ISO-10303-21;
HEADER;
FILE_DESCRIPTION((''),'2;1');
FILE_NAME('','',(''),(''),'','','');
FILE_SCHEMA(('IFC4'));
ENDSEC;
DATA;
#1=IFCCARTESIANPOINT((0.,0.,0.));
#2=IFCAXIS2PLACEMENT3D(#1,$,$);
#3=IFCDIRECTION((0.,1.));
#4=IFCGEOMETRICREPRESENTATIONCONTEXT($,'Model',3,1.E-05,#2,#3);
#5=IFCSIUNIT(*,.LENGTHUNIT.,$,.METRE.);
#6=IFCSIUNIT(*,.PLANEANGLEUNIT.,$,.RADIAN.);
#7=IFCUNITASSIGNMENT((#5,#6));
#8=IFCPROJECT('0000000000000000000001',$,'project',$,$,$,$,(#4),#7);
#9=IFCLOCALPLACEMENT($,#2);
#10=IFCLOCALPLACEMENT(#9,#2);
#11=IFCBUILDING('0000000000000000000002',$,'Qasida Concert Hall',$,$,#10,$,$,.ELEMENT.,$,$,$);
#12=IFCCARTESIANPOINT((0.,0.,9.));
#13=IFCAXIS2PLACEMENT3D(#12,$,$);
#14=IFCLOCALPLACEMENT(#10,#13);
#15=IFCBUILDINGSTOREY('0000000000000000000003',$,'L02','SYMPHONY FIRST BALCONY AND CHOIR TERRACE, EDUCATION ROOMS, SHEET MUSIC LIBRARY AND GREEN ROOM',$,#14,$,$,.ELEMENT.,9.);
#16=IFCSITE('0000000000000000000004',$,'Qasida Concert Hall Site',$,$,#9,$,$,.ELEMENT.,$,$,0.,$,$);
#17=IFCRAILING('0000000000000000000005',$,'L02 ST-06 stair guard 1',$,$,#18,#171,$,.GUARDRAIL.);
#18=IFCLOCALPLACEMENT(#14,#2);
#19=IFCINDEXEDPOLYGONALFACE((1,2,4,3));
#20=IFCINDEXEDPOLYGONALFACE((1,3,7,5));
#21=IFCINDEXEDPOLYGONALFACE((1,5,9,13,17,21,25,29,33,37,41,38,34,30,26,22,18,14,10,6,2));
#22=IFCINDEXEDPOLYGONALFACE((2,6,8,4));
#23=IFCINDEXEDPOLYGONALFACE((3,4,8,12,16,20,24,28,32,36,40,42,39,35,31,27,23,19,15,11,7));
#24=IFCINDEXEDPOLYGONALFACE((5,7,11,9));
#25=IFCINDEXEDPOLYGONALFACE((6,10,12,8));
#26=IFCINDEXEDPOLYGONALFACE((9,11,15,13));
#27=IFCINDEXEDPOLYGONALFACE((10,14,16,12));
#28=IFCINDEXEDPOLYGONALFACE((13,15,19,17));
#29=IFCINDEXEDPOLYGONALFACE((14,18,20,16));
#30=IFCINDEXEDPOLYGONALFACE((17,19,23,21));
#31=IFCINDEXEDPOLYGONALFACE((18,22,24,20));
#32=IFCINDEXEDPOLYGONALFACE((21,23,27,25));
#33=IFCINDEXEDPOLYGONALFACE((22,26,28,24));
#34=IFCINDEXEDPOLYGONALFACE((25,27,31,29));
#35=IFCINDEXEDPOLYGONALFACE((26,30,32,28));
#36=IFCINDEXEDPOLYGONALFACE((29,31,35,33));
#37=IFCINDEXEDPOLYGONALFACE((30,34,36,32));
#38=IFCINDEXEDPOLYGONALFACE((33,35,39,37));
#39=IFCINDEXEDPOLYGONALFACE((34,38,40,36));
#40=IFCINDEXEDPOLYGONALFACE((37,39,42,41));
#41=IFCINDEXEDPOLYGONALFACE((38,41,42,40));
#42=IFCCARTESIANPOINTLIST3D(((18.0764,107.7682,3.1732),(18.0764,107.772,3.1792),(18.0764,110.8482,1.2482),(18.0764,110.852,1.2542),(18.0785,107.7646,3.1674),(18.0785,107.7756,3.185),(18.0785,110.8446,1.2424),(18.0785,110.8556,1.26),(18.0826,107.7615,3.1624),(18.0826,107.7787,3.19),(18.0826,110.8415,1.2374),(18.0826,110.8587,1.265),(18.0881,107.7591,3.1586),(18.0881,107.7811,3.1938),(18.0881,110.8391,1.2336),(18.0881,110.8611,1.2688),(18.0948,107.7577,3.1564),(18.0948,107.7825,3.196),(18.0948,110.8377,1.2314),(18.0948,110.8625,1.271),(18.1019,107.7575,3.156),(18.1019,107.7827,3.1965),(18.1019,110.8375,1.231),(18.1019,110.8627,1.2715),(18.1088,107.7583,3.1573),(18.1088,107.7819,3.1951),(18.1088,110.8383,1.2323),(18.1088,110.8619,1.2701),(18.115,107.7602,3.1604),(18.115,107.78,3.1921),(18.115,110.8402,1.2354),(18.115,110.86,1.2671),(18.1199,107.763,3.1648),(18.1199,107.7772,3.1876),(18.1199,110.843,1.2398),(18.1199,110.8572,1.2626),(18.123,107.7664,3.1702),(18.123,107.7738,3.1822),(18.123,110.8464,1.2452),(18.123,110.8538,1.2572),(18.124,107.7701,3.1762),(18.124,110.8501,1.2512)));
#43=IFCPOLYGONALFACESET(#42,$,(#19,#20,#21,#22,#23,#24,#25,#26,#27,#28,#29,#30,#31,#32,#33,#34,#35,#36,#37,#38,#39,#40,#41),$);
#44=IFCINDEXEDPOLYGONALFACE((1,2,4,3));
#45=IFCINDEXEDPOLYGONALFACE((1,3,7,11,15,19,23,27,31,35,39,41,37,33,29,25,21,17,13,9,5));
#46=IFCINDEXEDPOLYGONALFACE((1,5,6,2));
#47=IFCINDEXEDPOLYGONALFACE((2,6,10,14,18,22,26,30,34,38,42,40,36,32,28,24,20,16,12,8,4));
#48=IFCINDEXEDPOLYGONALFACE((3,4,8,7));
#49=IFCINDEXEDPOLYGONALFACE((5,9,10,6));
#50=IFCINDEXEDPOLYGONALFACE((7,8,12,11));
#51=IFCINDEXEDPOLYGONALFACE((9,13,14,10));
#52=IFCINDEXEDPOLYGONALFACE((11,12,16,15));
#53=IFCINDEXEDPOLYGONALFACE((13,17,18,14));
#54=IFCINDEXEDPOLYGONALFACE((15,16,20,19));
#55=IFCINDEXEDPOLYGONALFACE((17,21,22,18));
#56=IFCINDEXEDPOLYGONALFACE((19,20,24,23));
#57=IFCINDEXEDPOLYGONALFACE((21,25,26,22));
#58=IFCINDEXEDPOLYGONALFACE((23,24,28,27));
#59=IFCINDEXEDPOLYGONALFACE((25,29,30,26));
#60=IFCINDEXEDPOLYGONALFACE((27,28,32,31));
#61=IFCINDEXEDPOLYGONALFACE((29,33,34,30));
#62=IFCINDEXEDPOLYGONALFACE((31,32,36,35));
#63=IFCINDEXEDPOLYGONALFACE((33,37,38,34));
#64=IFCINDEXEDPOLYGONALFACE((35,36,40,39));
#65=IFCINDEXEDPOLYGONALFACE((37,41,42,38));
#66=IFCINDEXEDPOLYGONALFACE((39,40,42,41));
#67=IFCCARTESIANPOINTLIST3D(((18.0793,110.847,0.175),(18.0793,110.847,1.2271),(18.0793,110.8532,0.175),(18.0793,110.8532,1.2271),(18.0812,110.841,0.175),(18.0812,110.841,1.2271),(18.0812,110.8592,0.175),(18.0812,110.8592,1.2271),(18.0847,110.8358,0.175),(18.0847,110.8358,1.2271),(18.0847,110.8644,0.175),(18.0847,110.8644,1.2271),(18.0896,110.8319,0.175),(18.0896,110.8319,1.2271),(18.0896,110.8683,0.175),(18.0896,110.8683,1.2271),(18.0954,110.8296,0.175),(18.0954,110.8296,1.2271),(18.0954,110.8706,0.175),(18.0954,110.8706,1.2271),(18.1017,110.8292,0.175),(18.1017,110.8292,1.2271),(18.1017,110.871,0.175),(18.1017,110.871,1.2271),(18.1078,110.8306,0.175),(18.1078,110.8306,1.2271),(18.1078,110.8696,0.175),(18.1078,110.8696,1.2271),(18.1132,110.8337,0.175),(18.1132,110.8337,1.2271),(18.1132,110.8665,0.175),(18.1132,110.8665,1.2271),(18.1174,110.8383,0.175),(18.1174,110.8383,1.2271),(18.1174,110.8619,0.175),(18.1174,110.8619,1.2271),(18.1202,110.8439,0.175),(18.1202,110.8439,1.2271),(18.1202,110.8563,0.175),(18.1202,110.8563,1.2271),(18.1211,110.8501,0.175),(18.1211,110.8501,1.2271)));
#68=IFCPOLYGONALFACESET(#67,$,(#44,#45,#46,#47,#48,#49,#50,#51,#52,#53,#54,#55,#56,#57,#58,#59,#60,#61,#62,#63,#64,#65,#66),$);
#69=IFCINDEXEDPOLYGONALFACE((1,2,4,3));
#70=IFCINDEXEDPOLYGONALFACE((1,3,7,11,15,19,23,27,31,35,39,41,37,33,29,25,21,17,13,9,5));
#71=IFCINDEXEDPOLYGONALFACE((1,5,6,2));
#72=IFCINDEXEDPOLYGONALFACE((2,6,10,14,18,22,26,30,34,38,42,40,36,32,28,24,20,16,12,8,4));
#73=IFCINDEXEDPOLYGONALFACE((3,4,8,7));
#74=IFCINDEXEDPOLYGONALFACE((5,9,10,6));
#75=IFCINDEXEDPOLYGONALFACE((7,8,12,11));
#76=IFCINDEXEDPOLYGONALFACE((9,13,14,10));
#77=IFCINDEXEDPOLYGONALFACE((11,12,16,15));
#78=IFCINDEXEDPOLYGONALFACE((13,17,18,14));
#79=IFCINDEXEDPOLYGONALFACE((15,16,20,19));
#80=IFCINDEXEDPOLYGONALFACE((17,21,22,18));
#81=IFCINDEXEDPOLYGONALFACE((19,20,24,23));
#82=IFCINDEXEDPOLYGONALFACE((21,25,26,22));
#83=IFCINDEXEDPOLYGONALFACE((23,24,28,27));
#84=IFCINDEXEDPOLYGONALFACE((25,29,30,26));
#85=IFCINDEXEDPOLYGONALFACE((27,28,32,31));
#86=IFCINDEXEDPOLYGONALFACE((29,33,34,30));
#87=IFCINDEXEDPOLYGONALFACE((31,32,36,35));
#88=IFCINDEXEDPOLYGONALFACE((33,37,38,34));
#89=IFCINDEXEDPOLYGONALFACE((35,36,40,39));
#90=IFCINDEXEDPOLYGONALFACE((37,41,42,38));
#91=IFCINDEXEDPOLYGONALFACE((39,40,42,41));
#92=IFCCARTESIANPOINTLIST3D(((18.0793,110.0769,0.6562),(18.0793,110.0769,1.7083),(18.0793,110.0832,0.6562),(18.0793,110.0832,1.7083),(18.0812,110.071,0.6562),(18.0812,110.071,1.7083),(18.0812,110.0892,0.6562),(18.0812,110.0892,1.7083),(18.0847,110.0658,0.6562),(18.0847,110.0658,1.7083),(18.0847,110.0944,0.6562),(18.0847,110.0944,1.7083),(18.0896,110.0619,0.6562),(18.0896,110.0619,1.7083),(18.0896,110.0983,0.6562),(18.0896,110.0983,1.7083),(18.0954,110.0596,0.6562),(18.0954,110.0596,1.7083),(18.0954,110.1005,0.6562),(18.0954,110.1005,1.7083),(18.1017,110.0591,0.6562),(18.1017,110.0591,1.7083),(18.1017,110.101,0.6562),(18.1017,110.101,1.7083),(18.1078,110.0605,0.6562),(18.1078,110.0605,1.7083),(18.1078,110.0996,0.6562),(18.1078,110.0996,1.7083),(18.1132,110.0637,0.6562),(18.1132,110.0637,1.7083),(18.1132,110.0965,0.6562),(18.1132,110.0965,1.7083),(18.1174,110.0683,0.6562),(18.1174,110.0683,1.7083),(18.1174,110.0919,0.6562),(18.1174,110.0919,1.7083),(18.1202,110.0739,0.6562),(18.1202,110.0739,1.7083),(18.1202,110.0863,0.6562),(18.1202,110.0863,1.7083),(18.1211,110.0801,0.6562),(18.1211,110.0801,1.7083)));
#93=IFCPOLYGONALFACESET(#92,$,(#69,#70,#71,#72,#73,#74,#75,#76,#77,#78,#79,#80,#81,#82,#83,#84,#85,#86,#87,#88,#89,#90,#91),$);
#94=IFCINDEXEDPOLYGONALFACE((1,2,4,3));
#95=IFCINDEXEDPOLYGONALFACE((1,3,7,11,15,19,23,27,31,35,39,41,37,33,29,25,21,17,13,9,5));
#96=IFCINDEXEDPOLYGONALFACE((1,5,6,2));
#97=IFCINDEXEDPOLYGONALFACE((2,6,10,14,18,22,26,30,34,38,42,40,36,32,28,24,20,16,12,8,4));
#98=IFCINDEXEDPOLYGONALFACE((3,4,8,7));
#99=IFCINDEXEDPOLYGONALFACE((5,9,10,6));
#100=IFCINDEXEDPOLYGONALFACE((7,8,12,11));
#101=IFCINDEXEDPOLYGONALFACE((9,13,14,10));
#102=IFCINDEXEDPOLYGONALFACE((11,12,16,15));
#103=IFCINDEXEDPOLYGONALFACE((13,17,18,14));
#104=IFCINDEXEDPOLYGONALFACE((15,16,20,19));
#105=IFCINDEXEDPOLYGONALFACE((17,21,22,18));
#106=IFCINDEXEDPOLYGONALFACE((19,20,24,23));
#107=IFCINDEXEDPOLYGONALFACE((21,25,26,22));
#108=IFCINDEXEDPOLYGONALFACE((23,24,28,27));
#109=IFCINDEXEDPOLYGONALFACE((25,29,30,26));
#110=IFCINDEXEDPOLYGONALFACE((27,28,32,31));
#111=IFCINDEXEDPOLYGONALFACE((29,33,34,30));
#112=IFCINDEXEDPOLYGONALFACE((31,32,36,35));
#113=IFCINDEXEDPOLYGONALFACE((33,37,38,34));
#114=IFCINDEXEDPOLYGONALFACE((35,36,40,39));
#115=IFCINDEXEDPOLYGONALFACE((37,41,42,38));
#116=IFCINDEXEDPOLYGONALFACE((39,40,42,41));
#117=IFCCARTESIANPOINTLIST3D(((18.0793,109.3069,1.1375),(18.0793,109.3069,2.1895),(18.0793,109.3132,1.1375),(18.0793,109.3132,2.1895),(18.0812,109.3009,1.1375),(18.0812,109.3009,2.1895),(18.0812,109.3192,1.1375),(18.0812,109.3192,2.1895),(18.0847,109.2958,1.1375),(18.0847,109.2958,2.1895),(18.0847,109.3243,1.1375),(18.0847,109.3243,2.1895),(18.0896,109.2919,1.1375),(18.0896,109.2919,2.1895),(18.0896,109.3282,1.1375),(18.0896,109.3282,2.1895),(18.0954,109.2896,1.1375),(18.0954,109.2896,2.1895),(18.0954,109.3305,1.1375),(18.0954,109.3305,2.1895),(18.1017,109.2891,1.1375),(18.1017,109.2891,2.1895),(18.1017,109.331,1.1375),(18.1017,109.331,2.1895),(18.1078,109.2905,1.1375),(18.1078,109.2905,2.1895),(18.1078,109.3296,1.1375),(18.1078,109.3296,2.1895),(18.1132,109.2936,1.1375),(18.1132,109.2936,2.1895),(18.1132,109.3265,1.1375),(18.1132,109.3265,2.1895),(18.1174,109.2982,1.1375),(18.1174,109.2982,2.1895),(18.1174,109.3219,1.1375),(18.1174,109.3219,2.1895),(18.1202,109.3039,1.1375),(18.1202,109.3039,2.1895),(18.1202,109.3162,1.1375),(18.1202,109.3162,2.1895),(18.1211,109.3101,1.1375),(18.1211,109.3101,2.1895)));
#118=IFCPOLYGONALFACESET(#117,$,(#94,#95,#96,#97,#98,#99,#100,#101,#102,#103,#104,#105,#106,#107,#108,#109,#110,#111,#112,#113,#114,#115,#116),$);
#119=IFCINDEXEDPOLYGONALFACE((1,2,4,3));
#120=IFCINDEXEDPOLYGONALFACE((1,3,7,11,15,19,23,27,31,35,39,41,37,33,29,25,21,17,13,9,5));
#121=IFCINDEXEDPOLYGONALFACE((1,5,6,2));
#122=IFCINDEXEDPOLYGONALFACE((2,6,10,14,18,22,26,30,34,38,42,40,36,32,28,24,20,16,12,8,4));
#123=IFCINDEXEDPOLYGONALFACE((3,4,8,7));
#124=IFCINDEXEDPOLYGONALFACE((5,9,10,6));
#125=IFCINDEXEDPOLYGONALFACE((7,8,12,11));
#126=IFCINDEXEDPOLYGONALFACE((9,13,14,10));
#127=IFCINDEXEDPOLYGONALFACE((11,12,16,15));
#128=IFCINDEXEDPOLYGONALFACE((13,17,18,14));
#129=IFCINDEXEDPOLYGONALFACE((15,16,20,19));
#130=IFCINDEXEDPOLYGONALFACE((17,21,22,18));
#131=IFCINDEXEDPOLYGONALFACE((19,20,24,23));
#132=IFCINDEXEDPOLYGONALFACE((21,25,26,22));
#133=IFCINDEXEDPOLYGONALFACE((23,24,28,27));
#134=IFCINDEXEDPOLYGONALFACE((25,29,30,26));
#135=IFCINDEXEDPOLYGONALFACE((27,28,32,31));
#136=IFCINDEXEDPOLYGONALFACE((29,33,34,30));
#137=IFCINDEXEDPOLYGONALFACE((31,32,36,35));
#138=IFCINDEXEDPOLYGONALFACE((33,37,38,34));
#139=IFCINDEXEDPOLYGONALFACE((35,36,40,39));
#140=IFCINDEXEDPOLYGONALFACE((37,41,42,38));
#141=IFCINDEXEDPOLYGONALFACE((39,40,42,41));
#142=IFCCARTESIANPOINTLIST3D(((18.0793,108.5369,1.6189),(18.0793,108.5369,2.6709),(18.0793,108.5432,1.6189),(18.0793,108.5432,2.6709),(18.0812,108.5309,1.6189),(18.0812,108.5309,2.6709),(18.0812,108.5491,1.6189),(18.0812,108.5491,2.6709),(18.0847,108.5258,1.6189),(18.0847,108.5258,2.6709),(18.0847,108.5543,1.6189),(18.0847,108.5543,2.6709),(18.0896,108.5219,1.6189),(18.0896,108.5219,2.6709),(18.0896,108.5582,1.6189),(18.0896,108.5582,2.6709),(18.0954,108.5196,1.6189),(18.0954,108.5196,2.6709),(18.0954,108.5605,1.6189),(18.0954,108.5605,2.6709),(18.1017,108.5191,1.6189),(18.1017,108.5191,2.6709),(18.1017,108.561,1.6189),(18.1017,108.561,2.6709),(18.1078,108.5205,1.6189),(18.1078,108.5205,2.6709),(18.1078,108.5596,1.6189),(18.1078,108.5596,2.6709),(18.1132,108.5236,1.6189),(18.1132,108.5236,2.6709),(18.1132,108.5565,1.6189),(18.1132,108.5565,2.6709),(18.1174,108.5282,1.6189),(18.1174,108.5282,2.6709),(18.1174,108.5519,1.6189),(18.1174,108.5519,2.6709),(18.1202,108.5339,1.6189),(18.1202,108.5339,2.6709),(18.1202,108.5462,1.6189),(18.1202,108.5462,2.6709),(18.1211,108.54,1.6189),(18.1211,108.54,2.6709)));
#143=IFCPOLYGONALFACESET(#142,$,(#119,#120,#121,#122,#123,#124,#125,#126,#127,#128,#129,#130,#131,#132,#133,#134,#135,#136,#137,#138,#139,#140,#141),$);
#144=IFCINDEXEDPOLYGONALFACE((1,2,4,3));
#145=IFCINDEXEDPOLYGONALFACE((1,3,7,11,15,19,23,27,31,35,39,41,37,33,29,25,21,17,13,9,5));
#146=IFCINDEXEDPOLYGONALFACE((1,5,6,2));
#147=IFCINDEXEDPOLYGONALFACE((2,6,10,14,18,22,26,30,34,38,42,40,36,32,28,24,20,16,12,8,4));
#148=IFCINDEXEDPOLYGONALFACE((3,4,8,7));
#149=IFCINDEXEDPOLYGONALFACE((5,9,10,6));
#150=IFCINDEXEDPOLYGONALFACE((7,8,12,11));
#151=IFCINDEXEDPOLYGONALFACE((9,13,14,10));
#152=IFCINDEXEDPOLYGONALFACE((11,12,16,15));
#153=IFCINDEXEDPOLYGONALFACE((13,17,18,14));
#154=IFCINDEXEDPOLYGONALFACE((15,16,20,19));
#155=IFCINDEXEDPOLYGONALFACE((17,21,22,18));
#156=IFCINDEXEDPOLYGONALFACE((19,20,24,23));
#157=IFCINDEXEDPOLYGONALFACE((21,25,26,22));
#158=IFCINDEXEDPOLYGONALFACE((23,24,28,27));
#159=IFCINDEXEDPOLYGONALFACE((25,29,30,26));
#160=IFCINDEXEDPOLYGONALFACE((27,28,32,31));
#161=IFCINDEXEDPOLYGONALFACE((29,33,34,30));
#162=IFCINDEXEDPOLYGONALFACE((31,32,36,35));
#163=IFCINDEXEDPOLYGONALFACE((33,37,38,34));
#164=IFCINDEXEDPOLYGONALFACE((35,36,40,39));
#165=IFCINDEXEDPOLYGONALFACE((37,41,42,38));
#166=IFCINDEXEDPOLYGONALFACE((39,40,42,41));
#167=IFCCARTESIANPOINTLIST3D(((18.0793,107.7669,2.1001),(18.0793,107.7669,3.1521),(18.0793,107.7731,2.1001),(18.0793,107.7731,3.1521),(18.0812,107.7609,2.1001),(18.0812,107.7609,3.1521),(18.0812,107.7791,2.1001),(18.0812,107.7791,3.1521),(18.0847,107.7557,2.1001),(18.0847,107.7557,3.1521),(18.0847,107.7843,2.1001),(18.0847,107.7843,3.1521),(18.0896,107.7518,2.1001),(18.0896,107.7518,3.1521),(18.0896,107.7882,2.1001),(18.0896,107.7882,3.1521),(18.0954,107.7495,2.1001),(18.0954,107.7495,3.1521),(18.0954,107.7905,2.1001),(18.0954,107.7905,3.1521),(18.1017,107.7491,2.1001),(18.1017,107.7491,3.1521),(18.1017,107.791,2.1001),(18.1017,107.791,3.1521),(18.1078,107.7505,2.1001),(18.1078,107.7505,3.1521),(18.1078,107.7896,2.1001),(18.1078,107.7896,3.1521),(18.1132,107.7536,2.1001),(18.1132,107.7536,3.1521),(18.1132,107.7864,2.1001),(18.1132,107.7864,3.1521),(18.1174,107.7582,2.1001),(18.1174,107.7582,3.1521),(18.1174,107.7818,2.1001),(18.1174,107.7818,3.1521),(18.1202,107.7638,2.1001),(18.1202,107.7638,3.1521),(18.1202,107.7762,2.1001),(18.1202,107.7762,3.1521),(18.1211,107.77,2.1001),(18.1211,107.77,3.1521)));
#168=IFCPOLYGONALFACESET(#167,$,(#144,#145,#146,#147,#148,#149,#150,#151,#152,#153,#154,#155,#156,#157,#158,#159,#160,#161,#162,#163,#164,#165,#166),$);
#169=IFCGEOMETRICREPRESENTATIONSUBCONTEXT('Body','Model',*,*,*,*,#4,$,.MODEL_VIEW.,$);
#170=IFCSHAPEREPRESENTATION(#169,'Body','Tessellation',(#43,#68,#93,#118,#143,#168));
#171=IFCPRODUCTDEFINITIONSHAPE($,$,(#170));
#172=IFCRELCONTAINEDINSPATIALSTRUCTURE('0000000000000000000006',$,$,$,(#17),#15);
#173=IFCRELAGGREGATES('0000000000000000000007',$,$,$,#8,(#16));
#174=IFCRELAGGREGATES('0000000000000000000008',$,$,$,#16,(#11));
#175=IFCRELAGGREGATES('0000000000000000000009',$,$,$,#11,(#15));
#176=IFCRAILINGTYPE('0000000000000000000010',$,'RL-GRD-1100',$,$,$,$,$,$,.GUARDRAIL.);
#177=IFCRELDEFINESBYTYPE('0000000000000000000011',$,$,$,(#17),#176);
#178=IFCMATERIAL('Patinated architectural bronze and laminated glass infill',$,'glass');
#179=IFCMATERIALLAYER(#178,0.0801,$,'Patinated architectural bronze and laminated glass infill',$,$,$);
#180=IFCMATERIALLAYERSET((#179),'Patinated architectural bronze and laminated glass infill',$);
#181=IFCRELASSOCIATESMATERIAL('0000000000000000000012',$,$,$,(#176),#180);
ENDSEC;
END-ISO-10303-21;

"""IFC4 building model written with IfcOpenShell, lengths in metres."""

from ifc_helpers import new_model, si_unit, direction, frame, origin, origin_2d, place, context, subcontext, project, spatial, circle, extrude, material, layer, layer_set, type_object, element, save


model = new_model("IFC4")

# Units and contexts
model_context = context("Model", 3, precision=1e-05, world=origin(), true_north=direction((0.0, 1.0)))
body_context = subcontext(model_context, "Body", "Model", "MODEL_VIEW")
ifc_project = project(units=[si_unit("LENGTHUNIT", "METRE"), si_unit("PLANEANGLEUNIT", "RADIAN")], contexts=[model_context])

# Site, building, storey
site_placement = place(None, origin())
site = spatial("IfcSite", under=ifc_project, at=site_placement, Name="Qasida Concert Hall Site", CompositionType="ELEMENT", RefElevation=0.0)
building_placement = place(site_placement, origin())
building = spatial("IfcBuilding", under=site, at=building_placement, Name="Qasida Concert Hall", CompositionType="ELEMENT")
storey_placement = place(building_placement, frame((0.0, 0.0, 9.0)))
storey = spatial("IfcBuildingStorey", under=building, at=storey_placement, Name="L02", Description="SYMPHONY FIRST BALCONY AND CHOIR TERRACE, EDUCATION ROOMS, SHEET MUSIC LIBRARY AND GREEN ROOM", CompositionType="ELEMENT", Elevation=9.0)

# Railing
ifc_material_1 = material(Name="Patinated architectural bronze and laminated glass infill", Category="glass")
ifc_layer_1 = layer(ifc_material_1, 0.0801, Name="Patinated architectural bronze and laminated glass infill")
ifc_layer_set_1 = layer_set([ifc_layer_1], Name="Patinated architectural bronze and laminated glass infill")
railing_type_1 = type_object("IfcRailingType", Name="RL-GRD-1100", PredefinedType="GUARDRAIL", material=ifc_layer_set_1)
railing_1_placement = place(storey_placement, frame((18.1001, 110.8501, 0.175)))
element("IfcRailing", 1, at=railing_1_placement, inside=storey, type_object=railing_type_1, Name="L02 ST-06 stair guard 1", PredefinedType="GUARDRAIL", context=body_context, shape_type="SweptSolid", body=[
    extrude(circle(Radius=0.0239, at=origin_2d()), frame((0.0, 0.0, 1.0762), z_axis=(0.0, -0.847998, 0.529999), x_axis=(1.0, 0.0, 0.0)), (0.0, 0.0, 1.0), 3.6321),
    extrude(circle(Radius=0.021, at=origin_2d()), origin(), (0.0, 0.0, 1.0), 1.052),
    extrude(circle(Radius=0.021, at=origin_2d()), frame((0.0, -0.77, 0.4812)), (0.0, 0.0, 1.0), 1.052),
    extrude(circle(Radius=0.021, at=origin_2d()), frame((0.0, -1.54, 0.9624)), (0.0, 0.0, 1.0), 1.052),
    extrude(circle(Radius=0.021, at=origin_2d()), frame((0.0, -2.3101, 1.4438)), (0.0, 0.0, 1.0), 1.052),
    extrude(circle(Radius=0.021, at=origin_2d()), frame((0.0, -3.0801, 1.925)), (0.0, 0.0, 1.0), 1.052),
])

save(model, "model.ifc")
